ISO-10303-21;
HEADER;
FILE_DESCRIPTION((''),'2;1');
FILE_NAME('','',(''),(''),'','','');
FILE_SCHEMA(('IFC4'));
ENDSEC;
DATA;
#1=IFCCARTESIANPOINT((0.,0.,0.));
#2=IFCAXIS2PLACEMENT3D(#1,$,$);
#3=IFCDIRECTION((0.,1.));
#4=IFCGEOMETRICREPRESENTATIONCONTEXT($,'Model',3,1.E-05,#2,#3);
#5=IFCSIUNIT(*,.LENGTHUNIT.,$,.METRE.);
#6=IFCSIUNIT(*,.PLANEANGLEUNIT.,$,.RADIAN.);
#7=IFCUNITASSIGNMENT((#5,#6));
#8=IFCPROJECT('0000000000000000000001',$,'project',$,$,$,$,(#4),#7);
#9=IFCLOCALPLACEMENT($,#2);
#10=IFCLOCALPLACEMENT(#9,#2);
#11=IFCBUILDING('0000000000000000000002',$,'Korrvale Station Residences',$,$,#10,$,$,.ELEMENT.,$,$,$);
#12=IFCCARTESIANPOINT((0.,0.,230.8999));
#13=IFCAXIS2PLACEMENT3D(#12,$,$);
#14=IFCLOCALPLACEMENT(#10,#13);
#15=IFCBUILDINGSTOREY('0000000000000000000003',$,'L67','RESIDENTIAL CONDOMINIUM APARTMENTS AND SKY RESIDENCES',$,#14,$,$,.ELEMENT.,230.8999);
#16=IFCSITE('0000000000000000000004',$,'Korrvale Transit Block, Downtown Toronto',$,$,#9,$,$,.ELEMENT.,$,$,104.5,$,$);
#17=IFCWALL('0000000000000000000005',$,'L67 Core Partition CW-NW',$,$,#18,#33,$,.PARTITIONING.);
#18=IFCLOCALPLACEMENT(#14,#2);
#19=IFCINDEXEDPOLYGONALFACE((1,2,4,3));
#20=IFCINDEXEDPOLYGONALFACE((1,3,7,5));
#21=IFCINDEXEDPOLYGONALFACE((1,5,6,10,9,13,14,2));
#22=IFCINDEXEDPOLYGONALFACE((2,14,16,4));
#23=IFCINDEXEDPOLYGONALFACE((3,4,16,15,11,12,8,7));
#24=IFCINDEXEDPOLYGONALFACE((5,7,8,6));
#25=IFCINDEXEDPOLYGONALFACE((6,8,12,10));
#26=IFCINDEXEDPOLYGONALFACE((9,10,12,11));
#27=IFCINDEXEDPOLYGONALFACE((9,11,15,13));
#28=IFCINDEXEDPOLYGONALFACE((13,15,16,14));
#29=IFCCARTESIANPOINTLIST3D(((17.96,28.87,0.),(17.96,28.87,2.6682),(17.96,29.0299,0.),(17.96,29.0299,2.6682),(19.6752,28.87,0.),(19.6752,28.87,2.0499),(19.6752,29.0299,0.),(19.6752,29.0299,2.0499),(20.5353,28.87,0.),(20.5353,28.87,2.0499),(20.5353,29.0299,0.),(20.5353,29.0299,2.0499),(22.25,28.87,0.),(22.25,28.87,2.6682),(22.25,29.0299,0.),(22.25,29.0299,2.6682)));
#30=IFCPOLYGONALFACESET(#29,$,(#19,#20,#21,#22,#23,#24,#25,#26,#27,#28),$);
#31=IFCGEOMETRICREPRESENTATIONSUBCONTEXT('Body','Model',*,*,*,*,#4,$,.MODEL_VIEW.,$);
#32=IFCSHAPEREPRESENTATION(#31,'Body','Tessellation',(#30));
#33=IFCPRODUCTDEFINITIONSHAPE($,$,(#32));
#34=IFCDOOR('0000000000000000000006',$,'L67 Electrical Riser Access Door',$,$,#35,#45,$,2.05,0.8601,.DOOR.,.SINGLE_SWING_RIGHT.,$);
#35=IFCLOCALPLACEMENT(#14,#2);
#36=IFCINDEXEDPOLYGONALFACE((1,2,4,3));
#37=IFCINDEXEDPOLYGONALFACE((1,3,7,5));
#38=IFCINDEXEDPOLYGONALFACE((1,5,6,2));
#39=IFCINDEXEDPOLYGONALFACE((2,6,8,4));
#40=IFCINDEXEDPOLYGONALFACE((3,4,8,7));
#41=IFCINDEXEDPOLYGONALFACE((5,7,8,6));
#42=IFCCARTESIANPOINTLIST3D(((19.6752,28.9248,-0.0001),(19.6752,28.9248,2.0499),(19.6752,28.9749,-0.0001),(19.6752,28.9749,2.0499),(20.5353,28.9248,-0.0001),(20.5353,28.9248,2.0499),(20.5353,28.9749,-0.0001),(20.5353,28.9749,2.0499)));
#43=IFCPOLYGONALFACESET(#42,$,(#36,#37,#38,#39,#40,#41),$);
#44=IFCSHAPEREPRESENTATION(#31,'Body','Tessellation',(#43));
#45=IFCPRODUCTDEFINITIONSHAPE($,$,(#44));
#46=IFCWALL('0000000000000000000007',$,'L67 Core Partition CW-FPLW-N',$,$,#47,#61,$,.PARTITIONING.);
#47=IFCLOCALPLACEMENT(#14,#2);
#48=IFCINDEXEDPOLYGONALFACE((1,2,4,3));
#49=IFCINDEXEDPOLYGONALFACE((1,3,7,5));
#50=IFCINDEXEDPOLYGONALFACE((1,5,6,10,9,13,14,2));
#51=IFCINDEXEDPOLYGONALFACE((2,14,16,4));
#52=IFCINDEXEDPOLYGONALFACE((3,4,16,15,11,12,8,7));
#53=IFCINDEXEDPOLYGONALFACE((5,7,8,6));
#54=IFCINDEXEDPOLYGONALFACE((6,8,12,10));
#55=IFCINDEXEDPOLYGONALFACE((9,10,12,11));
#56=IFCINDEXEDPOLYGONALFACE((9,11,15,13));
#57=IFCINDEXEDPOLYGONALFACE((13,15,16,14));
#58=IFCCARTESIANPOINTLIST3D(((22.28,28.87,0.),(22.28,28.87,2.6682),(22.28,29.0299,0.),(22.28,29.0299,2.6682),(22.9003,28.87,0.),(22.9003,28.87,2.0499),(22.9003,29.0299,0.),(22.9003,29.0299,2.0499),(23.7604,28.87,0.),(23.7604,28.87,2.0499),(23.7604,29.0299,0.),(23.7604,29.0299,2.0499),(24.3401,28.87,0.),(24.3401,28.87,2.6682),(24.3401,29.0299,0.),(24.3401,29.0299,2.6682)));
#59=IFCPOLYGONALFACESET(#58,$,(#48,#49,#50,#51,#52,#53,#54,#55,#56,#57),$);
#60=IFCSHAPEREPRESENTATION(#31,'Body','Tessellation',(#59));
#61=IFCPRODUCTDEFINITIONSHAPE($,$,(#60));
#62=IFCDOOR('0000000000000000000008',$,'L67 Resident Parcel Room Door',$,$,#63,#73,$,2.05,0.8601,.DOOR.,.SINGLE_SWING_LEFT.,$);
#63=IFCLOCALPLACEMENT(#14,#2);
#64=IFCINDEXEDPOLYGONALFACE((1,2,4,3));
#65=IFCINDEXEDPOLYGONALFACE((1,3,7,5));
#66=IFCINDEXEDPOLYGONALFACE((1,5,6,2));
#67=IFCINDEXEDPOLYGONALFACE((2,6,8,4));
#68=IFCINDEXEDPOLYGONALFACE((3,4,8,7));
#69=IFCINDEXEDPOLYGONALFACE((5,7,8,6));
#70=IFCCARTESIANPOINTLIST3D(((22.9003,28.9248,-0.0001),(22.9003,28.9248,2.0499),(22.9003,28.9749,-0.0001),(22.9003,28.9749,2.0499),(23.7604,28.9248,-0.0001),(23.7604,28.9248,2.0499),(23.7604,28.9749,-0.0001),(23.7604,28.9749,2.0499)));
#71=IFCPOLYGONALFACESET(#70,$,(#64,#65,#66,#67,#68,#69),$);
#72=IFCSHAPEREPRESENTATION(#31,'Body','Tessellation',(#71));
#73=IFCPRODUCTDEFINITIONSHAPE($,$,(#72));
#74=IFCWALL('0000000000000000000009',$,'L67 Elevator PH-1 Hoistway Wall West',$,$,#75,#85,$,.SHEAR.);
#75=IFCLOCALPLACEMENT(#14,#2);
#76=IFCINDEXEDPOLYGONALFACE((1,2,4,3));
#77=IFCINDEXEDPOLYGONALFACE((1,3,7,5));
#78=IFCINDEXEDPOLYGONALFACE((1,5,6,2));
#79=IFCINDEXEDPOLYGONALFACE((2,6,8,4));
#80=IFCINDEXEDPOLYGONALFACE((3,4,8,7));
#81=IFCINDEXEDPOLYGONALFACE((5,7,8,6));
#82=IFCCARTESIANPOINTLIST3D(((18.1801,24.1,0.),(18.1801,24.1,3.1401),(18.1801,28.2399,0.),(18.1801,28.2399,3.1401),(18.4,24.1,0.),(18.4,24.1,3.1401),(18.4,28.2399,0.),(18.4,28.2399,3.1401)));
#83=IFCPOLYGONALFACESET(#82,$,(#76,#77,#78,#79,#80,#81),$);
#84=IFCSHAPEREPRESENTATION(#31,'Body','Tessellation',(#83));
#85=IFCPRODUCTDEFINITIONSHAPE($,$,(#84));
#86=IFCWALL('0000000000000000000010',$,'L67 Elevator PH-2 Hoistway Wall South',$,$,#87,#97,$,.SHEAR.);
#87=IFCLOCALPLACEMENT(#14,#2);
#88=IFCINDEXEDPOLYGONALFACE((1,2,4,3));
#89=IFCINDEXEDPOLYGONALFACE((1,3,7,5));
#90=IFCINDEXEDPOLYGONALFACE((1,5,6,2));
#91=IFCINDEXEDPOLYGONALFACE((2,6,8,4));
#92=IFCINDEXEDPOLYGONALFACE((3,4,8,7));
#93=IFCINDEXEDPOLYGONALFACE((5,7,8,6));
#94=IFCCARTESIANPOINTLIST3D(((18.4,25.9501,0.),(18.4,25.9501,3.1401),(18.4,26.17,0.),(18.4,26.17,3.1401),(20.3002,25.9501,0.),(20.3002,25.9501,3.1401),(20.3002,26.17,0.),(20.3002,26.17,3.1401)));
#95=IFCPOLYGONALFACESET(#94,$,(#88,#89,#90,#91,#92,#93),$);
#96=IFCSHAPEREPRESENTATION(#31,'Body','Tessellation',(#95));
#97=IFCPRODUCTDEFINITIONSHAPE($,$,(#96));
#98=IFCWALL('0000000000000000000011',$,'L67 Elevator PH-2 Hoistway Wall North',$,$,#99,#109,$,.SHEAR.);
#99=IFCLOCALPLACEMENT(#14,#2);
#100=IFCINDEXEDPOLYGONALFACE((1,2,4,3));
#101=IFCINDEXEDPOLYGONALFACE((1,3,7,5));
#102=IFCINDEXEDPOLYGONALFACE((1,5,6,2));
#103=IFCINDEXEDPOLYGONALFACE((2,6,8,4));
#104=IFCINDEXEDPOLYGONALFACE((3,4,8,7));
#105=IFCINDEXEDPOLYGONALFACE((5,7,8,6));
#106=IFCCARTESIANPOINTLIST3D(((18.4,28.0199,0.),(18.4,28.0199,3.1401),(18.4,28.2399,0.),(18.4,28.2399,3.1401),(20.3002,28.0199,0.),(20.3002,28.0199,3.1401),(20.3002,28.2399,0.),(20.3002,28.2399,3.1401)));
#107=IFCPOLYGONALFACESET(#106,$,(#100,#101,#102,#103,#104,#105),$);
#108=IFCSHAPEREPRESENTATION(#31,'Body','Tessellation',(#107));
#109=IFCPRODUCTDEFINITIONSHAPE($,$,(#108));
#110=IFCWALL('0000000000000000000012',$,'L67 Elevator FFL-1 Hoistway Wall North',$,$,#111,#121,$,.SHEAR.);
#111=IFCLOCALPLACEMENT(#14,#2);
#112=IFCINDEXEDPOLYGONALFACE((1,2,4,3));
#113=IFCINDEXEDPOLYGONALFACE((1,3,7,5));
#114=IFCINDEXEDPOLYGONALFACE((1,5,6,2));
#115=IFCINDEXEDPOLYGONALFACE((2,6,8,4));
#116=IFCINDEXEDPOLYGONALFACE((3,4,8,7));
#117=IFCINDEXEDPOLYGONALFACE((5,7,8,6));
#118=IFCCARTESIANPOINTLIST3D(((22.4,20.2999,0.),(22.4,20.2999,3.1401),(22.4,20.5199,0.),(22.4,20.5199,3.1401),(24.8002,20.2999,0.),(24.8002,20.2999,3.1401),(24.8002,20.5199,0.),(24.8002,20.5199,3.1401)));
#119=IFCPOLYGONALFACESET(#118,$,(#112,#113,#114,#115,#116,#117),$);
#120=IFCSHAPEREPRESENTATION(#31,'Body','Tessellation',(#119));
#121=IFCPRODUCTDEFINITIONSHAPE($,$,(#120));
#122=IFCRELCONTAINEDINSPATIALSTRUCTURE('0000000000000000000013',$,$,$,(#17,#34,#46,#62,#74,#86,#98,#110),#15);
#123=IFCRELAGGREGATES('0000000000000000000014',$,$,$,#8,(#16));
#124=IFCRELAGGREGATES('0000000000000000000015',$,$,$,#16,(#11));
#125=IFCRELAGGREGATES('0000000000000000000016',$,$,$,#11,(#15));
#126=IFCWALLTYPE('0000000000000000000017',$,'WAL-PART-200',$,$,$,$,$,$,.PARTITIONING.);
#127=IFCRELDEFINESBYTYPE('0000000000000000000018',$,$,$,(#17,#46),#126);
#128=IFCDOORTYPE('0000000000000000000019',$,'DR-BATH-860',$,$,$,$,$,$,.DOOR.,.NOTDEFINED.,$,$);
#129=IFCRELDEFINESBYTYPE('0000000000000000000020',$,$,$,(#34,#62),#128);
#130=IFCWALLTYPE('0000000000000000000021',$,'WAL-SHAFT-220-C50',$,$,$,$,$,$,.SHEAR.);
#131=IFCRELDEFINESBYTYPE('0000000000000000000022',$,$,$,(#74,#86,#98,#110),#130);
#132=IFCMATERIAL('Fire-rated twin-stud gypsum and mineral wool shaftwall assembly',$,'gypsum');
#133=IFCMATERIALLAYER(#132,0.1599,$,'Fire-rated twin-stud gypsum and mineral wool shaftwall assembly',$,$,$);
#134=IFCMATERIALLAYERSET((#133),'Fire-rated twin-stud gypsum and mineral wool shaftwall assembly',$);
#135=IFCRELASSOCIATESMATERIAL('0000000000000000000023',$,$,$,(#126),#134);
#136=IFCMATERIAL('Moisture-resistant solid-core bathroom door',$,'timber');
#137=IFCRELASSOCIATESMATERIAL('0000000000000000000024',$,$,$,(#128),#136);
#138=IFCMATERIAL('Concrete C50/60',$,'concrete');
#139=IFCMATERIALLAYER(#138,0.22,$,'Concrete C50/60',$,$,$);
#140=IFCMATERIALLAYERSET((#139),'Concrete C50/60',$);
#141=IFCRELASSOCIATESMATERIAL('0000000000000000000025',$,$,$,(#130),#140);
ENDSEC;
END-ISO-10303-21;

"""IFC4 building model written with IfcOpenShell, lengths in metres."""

from ifc_helpers import new_model, si_unit, direction, frame, frame_2d, origin, place, context, subcontext, project, spatial, rectangle, extrude, material, layer, layer_set, type_object, element, fill, save


model = new_model("IFC4")

# Units and contexts
model_context = context("Model", 3, precision=1e-05, world=origin(), true_north=direction((0.0, 1.0)))
body_context = subcontext(model_context, "Body", "Model", "MODEL_VIEW")
ifc_project = project(units=[si_unit("LENGTHUNIT", "METRE"), si_unit("PLANEANGLEUNIT", "RADIAN")], contexts=[model_context])

# Site, building, storey
site_placement = place(None, origin())
site = spatial("IfcSite", under=ifc_project, at=site_placement, Name="Korrvale Transit Block, Downtown Toronto", CompositionType="ELEMENT", RefElevation=104.5)
building_placement = place(site_placement, origin())
building = spatial("IfcBuilding", under=site, at=building_placement, Name="Korrvale Station Residences", CompositionType="ELEMENT")
storey_placement = place(building_placement, frame((0.0, 0.0, 230.8999)))
storey = spatial("IfcBuildingStorey", under=building, at=storey_placement, Name="L67", Description="RESIDENTIAL CONDOMINIUM APARTMENTS AND SKY RESIDENCES", CompositionType="ELEMENT", Elevation=230.8999)

# Shared definitions
ifc_material_1 = material(Name="Concrete C50/60", Category="concrete")

# Shared definitions
ifc_material_2 = material(Name="Fire-rated twin-stud gypsum and mineral wool shaftwall assembly", Category="gypsum")
ifc_layer_1 = layer(ifc_material_2, 0.1599, Name="Fire-rated twin-stud gypsum and mineral wool shaftwall assembly")
ifc_layer_set_1 = layer_set([ifc_layer_1], Name="Fire-rated twin-stud gypsum and mineral wool shaftwall assembly")
wall_type_1 = type_object("IfcWallType", Name="WAL-PART-200", PredefinedType="PARTITIONING", material=ifc_layer_set_1)

# Walls, openings, doors
wall_1_placement = place(storey_placement, frame((17.96, 28.95, 0.0), z_axis=(0.0, 0.0, 1.0), x_axis=(1.0, 0.0, 0.0)))
wall_1 = element("IfcWall", 1, at=wall_1_placement, inside=storey, type_object=wall_type_1, Name="L67 Core Partition CW-NW", PredefinedType="PARTITIONING", context=body_context, shape_type="SweptSolid", body=[
    extrude(rectangle(XDim=4.29, YDim=0.1599, at=frame_2d((2.145, 0.0))), origin(), (0.0, 0.0, 1.0), 2.6682),
])
opening_1_placement = place(wall_1_placement, frame((1.7151, 0.0, 0.0)))
opening_1 = element("IfcOpeningElement", 2, at=opening_1_placement, cuts=wall_1, PredefinedType="OPENING", context=body_context, shape_type="SweptSolid", body=[
    extrude(rectangle(XDim=0.8601, YDim=2.05, at=frame_2d((0.4302, 1.0249))), frame((0.0, 0.0898, 0.0), z_axis=(0.0, -1.0, 0.0), x_axis=(1.0, 0.0, 0.0)), (0.0, 0.0, 1.0), 0.1799),
])
ifc_material_3 = material(Name="Moisture-resistant solid-core bathroom door", Category="timber")
door_type_1 = type_object("IfcDoorType", Name="DR-BATH-860", OperationType="NOTDEFINED", PredefinedType="DOOR", material=ifc_material_3)
door_1_placement = place(opening_1_placement, origin())
door_1 = element("IfcDoor", 3, at=door_1_placement, inside=storey, type_object=door_type_1, Name="L67 Electrical Riser Access Door", OperationType="SINGLE_SWING_RIGHT", OverallHeight=2.05, OverallWidth=0.8601, PredefinedType="DOOR", context=body_context, shape_type="SweptSolid", body=[
    extrude(rectangle(XDim=0.8601, YDim=2.05, at=frame_2d((0.4302, 1.0249))), frame((0.0, 0.0249, 0.0), z_axis=(0.0, -1.0, 0.0), x_axis=(1.0, 0.0, 0.0)), (0.0, 0.0, 1.0), 0.05),
])
fill(opening_1, door_1)
wall_2_placement = place(storey_placement, frame((22.28, 28.95, 0.0), z_axis=(0.0, 0.0, 1.0), x_axis=(1.0, 0.0, 0.0)))
wall_2 = element("IfcWall", 4, at=wall_2_placement, inside=storey, type_object=wall_type_1, Name="L67 Core Partition CW-FPLW-N", PredefinedType="PARTITIONING", context=body_context, shape_type="SweptSolid", body=[
    extrude(rectangle(XDim=2.0601, YDim=0.1599, at=frame_2d((1.03, 0.0))), origin(), (0.0, 0.0, 1.0), 2.6682),
])
opening_2_placement = place(wall_2_placement, frame((0.6201, 0.0, 0.0)))
opening_2 = element("IfcOpeningElement", 5, at=opening_2_placement, cuts=wall_2, PredefinedType="OPENING", context=body_context, shape_type="SweptSolid", body=[
    extrude(rectangle(XDim=0.8601, YDim=2.05, at=frame_2d((0.4302, 1.0249))), frame((0.0, 0.0898, 0.0), z_axis=(0.0, -1.0, 0.0), x_axis=(1.0, 0.0, 0.0)), (0.0, 0.0, 1.0), 0.1799),
])
door_2_placement = place(opening_2_placement, origin())
door_2 = element("IfcDoor", 6, at=door_2_placement, inside=storey, type_object=door_type_1, Name="L67 Resident Parcel Room Door", OperationType="SINGLE_SWING_LEFT", OverallHeight=2.05, OverallWidth=0.8601, PredefinedType="DOOR", context=body_context, shape_type="SweptSolid", body=[
    extrude(rectangle(XDim=0.8601, YDim=2.05, at=frame_2d((0.4302, 1.0249))), frame((0.0, 0.0249, 0.0), z_axis=(0.0, -1.0, 0.0), x_axis=(1.0, 0.0, 0.0)), (0.0, 0.0, 1.0), 0.05),
])
fill(opening_2, door_2)

# Wall
ifc_layer_2 = layer(ifc_material_1, 0.22, Name="Concrete C50/60")
ifc_layer_set_2 = layer_set([ifc_layer_2], Name="Concrete C50/60")
wall_type_2 = type_object("IfcWallType", Name="WAL-SHAFT-220-C50", PredefinedType="SHEAR", material=ifc_layer_set_2)
wall_3_placement = place(storey_placement, frame((18.29, 24.1001, 0.0), z_axis=(0.0, 0.0, 1.0), x_axis=(0.0, 1.0, 0.0)))
element("IfcWall", 7, at=wall_3_placement, inside=storey, type_object=wall_type_2, Name="L67 Elevator PH-1 Hoistway Wall West", PredefinedType="SHEAR", context=body_context, shape_type="SweptSolid", body=[
    extrude(rectangle(XDim=4.1399, YDim=0.22, at=frame_2d((2.0698, 0.0))), origin(), (0.0, 0.0, 1.0), 3.1401),
])

# Walls
for number, where, z_axis, x_axis, name in (
    (8, (18.3999, 26.0601, 0.0), (0.0, 0.0, 1.0), (1.0, 0.0, 0.0), "L67 Elevator PH-2 Hoistway Wall South"),
    (9, (18.3999, 28.1299, 0.0), (0.0, 0.0, 1.0), (1.0, 0.0, 0.0), "L67 Elevator PH-2 Hoistway Wall North"),
):
    element("IfcWall", number, at=place(storey_placement, frame(where, z_axis=z_axis, x_axis=x_axis)), inside=storey, type_object=wall_type_2, Name=name, PredefinedType="SHEAR", context=body_context, shape_type="SweptSolid", body=[
        extrude(rectangle(XDim=1.9001, YDim=0.22, at=frame_2d((0.9502, 0.0))), origin(), (0.0, 0.0, 1.0), 3.1401),
    ])

# Wall
wall_4_placement = place(storey_placement, frame((22.3999, 20.4099, 0.0), z_axis=(0.0, 0.0, 1.0), x_axis=(1.0, 0.0, 0.0)))
element("IfcWall", 10, at=wall_4_placement, inside=storey, type_object=wall_type_2, Name="L67 Elevator FFL-1 Hoistway Wall North", PredefinedType="SHEAR", context=body_context, shape_type="SweptSolid", body=[
    extrude(rectangle(XDim=2.4001, YDim=0.22, at=frame_2d((1.2002, 0.0))), origin(), (0.0, 0.0, 1.0), 3.1401),
])

save(model, "model.ifc")
